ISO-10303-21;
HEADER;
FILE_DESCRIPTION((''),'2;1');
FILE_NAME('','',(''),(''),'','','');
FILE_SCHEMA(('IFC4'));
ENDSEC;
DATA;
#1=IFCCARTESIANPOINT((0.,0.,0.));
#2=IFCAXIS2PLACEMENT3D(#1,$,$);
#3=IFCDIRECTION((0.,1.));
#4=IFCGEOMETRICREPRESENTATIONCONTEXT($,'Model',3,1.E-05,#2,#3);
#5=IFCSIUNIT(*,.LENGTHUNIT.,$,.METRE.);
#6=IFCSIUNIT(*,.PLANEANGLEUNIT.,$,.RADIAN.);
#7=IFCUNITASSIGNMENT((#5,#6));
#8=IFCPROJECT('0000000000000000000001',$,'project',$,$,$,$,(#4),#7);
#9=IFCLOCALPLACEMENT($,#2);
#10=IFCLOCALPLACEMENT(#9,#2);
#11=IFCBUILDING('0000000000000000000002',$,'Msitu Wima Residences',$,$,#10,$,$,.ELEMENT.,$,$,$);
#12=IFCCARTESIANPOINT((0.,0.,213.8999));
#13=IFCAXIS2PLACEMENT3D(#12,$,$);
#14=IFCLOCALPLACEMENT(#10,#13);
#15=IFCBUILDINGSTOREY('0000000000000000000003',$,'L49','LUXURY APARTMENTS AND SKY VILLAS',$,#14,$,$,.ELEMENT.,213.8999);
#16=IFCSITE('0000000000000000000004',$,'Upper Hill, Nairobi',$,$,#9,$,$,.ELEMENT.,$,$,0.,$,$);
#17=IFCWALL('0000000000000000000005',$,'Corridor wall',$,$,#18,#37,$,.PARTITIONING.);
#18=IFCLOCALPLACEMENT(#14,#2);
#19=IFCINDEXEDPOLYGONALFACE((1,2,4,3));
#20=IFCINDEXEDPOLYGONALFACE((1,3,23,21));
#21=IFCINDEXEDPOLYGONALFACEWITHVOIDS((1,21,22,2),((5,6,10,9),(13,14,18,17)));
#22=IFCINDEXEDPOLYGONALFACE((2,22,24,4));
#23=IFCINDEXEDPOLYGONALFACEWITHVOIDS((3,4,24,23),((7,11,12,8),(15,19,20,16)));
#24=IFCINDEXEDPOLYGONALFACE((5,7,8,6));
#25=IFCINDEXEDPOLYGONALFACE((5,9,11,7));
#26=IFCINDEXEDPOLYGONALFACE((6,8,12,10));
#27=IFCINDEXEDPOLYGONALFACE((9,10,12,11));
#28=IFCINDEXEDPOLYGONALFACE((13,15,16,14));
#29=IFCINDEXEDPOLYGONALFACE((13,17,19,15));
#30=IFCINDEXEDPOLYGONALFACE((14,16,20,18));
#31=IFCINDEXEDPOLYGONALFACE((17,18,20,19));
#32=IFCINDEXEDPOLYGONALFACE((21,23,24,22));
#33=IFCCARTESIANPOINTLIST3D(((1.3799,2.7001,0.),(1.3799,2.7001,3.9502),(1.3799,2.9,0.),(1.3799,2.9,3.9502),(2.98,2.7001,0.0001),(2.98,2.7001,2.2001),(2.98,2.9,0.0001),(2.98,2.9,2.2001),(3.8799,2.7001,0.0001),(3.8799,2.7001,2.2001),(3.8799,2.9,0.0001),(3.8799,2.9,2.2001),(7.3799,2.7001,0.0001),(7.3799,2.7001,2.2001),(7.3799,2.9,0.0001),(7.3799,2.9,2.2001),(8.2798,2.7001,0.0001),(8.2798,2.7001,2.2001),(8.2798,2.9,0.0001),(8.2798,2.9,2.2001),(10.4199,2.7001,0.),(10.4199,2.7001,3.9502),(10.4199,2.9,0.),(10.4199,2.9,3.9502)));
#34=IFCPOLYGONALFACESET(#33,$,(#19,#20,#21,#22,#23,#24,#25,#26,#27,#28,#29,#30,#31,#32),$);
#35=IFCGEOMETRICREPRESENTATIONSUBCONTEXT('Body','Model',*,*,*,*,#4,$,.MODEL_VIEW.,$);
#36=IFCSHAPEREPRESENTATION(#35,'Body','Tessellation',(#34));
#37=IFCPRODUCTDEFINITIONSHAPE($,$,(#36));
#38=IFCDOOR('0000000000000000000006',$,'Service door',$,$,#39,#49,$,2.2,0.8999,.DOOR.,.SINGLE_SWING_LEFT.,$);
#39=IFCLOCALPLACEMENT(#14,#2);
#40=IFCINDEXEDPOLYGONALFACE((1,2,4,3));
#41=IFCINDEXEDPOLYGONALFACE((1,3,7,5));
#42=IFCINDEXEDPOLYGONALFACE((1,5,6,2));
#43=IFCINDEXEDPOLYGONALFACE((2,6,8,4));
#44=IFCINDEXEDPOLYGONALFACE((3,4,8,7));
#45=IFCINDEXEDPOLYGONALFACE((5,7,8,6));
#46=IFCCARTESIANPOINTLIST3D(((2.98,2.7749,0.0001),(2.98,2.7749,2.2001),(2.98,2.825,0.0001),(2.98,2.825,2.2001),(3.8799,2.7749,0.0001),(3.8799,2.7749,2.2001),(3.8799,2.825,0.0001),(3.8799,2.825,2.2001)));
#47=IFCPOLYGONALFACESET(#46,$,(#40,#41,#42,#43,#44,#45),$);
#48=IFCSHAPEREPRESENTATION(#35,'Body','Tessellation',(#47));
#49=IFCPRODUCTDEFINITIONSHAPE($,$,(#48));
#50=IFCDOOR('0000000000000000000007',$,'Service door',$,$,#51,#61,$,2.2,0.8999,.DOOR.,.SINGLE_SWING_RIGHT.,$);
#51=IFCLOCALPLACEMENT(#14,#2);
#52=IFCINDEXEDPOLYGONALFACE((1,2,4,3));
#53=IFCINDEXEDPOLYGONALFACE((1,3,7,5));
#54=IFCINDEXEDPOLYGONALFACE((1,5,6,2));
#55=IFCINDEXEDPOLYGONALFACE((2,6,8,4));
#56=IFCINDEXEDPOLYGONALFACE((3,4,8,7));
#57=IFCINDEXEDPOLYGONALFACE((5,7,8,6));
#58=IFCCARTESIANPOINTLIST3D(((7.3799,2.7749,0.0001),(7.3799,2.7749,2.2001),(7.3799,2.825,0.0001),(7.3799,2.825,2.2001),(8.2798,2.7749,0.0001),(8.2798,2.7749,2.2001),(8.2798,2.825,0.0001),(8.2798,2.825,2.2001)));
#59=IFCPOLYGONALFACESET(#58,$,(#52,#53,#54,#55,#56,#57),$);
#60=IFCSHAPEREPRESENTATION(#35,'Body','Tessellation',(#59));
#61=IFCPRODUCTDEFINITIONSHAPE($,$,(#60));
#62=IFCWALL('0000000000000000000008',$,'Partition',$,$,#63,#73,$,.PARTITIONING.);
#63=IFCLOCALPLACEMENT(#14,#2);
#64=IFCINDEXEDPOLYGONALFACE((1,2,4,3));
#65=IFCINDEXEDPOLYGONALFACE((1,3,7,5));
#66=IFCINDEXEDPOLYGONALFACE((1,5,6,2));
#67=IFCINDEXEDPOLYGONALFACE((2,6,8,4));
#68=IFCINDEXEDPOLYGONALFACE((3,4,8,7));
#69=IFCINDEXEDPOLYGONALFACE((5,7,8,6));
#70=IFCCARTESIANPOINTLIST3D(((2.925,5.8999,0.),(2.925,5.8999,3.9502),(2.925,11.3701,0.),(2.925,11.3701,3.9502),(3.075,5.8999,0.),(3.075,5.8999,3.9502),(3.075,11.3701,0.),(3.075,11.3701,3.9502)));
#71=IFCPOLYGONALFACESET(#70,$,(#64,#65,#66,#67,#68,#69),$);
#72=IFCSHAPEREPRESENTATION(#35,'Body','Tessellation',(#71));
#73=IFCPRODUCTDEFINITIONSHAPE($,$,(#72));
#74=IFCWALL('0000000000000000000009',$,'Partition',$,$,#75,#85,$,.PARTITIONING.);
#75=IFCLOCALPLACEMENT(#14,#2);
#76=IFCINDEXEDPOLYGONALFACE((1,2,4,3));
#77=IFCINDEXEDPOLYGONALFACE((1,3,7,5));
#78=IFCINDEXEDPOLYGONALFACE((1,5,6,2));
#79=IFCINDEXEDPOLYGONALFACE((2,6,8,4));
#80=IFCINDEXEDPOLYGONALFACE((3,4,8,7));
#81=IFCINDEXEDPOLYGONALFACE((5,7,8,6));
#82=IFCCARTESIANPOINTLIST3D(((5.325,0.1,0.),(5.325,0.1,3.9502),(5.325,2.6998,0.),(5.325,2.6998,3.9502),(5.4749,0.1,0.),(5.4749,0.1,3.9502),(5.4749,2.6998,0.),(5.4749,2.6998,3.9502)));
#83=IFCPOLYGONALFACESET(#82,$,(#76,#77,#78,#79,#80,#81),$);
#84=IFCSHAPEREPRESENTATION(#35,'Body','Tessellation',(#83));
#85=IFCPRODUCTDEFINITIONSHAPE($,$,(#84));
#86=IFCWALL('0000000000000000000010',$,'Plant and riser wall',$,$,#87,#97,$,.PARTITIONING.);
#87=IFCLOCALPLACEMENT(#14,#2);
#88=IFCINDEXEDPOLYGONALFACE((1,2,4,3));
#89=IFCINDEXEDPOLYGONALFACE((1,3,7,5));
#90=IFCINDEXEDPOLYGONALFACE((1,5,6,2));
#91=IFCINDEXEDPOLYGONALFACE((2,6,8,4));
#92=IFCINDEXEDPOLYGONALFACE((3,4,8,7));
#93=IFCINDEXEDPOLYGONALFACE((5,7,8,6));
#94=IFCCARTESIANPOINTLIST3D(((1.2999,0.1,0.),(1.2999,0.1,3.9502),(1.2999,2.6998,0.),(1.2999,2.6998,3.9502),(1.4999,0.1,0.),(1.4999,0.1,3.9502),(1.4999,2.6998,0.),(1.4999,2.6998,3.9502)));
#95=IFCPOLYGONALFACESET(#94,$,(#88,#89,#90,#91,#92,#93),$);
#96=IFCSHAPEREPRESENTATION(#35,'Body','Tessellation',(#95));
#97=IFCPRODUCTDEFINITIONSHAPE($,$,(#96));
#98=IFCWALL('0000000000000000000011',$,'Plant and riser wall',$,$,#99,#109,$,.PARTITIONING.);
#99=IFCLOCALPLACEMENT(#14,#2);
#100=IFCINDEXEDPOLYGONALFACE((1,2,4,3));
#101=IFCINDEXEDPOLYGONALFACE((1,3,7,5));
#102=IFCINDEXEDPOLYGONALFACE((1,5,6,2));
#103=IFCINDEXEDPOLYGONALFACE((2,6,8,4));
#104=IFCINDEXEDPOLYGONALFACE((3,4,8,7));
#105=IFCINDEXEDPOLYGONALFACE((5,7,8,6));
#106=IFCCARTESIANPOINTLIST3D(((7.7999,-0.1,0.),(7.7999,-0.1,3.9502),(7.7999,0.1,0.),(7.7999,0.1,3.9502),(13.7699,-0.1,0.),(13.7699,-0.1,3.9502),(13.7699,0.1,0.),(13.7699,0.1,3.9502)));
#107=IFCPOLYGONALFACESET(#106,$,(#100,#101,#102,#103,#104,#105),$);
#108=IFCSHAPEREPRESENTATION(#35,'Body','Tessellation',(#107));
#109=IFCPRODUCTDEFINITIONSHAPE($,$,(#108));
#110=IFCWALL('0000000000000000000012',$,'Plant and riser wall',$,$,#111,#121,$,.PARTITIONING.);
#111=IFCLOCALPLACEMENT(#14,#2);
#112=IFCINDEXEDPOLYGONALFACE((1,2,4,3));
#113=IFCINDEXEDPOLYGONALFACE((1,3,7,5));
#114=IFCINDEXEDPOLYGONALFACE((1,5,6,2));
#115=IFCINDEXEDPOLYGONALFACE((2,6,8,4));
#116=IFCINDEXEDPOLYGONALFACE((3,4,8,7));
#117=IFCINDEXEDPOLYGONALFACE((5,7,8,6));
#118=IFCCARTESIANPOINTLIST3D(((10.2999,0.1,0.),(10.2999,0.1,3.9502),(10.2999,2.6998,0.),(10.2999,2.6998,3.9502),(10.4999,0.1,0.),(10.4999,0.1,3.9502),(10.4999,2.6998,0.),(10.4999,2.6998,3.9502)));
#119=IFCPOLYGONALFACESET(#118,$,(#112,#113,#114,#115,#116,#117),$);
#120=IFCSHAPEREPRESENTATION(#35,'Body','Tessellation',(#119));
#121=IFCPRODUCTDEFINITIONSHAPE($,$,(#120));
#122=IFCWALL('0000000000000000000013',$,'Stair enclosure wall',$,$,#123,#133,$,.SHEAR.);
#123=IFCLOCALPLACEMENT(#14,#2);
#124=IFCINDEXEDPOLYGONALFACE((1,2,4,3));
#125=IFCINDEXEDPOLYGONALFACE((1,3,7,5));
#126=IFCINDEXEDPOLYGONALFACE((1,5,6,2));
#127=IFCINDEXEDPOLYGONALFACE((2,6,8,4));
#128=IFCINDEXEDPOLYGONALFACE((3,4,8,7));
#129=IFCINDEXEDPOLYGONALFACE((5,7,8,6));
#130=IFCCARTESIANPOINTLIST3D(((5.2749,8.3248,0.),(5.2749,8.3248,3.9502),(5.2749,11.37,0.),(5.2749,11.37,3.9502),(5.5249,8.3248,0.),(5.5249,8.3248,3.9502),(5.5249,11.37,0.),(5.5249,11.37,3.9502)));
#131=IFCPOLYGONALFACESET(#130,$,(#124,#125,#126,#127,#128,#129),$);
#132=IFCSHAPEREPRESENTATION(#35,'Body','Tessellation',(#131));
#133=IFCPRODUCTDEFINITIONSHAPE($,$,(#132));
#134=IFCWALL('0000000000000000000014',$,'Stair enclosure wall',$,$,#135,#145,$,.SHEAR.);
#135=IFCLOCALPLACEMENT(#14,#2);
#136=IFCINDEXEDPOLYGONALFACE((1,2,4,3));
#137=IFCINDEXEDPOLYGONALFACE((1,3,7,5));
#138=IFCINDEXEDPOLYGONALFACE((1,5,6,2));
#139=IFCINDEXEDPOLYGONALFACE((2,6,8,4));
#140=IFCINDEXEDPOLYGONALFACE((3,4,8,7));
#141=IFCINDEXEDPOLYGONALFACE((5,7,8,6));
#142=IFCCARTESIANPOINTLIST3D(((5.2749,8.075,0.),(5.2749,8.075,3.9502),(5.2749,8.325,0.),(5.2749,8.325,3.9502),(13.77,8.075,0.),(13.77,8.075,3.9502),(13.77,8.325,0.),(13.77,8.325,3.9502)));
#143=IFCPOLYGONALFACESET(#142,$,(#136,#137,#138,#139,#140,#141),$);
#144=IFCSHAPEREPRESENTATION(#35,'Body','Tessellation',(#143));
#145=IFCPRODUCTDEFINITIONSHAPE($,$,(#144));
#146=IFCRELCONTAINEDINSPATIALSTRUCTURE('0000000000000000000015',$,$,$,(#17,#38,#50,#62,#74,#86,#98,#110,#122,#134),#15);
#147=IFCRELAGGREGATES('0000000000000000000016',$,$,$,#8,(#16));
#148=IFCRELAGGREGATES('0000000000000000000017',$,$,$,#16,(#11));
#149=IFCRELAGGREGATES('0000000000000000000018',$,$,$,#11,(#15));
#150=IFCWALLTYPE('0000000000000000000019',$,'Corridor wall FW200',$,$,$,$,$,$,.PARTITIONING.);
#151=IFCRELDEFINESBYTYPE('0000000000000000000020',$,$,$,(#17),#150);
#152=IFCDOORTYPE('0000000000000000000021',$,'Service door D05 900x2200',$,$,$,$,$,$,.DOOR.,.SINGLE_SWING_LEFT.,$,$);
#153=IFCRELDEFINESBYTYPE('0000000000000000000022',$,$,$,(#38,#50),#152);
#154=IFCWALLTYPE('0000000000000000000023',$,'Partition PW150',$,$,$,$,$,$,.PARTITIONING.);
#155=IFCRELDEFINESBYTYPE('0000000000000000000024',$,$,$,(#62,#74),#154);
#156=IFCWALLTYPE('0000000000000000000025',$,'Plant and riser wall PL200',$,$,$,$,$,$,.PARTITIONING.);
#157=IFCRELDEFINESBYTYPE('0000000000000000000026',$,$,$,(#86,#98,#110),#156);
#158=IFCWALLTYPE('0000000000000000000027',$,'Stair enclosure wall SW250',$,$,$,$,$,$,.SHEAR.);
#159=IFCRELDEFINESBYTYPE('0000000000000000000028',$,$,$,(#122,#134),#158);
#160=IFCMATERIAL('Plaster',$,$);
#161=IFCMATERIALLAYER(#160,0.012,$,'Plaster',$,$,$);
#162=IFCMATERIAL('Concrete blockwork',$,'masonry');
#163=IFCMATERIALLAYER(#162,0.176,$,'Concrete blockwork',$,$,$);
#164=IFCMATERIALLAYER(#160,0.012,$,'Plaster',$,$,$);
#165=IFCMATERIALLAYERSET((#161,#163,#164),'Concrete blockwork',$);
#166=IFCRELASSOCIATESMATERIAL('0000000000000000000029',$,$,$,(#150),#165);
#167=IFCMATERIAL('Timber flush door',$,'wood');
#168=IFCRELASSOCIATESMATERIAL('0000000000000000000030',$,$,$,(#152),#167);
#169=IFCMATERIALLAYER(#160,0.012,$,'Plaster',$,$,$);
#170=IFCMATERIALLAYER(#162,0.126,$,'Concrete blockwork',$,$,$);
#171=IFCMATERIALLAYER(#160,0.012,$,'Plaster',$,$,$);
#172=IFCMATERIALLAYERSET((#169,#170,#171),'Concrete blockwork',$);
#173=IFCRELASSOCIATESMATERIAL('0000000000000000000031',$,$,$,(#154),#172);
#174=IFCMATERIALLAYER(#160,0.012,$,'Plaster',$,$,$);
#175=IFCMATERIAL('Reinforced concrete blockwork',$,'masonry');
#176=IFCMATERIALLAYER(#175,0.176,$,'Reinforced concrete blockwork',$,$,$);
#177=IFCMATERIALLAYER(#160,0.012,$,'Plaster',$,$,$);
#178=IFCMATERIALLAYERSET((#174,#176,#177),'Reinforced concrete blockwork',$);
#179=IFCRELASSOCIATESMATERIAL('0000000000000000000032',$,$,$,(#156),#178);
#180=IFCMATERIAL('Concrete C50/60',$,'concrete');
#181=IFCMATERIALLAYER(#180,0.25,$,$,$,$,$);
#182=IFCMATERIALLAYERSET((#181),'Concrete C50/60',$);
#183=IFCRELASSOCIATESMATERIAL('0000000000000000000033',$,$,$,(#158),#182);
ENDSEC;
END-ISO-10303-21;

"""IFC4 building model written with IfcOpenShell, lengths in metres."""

from ifc_helpers import new_model, si_unit, direction, frame, frame_2d, origin, place, context, subcontext, project, spatial, rectangle, extrude, material, layer, layer_set, type_object, element, fill, save


model = new_model("IFC4")

# Units and contexts
model_context = context("Model", 3, precision=1e-05, world=origin(), true_north=direction((0.0, 1.0)))
body_context = subcontext(model_context, "Body", "Model", "MODEL_VIEW")
ifc_project = project(units=[si_unit("LENGTHUNIT", "METRE"), si_unit("PLANEANGLEUNIT", "RADIAN")], contexts=[model_context])

# Site, building, storey
site_placement = place(None, origin())
site = spatial("IfcSite", under=ifc_project, at=site_placement, Name="Upper Hill, Nairobi", CompositionType="ELEMENT", RefElevation=0.0)
building_placement = place(site_placement, origin())
building = spatial("IfcBuilding", under=site, at=building_placement, Name="Msitu Wima Residences", CompositionType="ELEMENT")
storey_placement = place(building_placement, frame((0.0, 0.0, 213.8999)))
storey = spatial("IfcBuildingStorey", under=building, at=storey_placement, Name="L49", Description="LUXURY APARTMENTS AND SKY VILLAS", CompositionType="ELEMENT", Elevation=213.8999)

# Wall, openings, doors
ifc_material_1 = material(Name="Plaster")
ifc_layer_1 = layer(ifc_material_1, 0.012, Name="Plaster")
ifc_material_2 = material(Name="Concrete blockwork", Category="masonry")
ifc_layer_2 = layer(ifc_material_2, 0.176, Name="Concrete blockwork")
ifc_layer_3 = layer(ifc_material_1, 0.012, Name="Plaster")
ifc_layer_set_1 = layer_set([ifc_layer_1, ifc_layer_2, ifc_layer_3], Name="Concrete blockwork")
wall_type_1 = type_object("IfcWallType", Name="Corridor wall FW200", PredefinedType="PARTITIONING", material=ifc_layer_set_1)
wall_1_placement = place(storey_placement, frame((1.3799, 2.8, 0.0), z_axis=(0.0, 0.0, 1.0), x_axis=(1.0, 0.0, 0.0)))
wall_1 = element("IfcWall", 1, at=wall_1_placement, inside=storey, type_object=wall_type_1, Name="Corridor wall", PredefinedType="PARTITIONING", context=body_context, shape_type="SweptSolid", body=[
    extrude(rectangle(XDim=9.04, YDim=0.2, at=frame_2d((4.52, 0.0))), origin(), (0.0, 0.0, 1.0), 3.9502),
])
opening_1_placement = place(wall_1_placement, frame((1.6001, 0.0, 0.0)))
opening_1 = element("IfcOpeningElement", 2, at=opening_1_placement, cuts=wall_1, PredefinedType="OPENING", context=body_context, shape_type="SweptSolid", body=[
    extrude(rectangle(XDim=0.8999, YDim=2.2, at=frame_2d((0.45, 1.1001))), frame((0.0, 0.1099, 0.0), z_axis=(0.0, -1.0, 0.0), x_axis=(1.0, 0.0, 0.0)), (0.0, 0.0, 1.0), 0.22),
])
opening_2_placement = place(wall_1_placement, frame((6.0, 0.0, 0.0)))
opening_2 = element("IfcOpeningElement", 3, at=opening_2_placement, cuts=wall_1, PredefinedType="OPENING", context=body_context, shape_type="SweptSolid", body=[
    extrude(rectangle(XDim=0.8999, YDim=2.2, at=frame_2d((0.45, 1.1001))), frame((0.0, 0.1099, 0.0), z_axis=(0.0, -1.0, 0.0), x_axis=(1.0, 0.0, 0.0)), (0.0, 0.0, 1.0), 0.22),
])
ifc_material_3 = material(Name="Timber flush door", Category="wood")
door_type_1 = type_object("IfcDoorType", Name="Service door D05 900x2200", OperationType="SINGLE_SWING_LEFT", PredefinedType="DOOR", material=ifc_material_3)
door_1_placement = place(opening_1_placement, origin())
door_1 = element("IfcDoor", 4, at=door_1_placement, inside=storey, type_object=door_type_1, Name="Service door", OperationType="SINGLE_SWING_LEFT", OverallHeight=2.2, OverallWidth=0.8999, PredefinedType="DOOR", context=body_context, shape_type="SweptSolid", body=[
    extrude(rectangle(XDim=0.8999, YDim=2.2, at=frame_2d((0.45, 1.1001))), frame((0.0, 0.0249, 0.0), z_axis=(0.0, -1.0, 0.0), x_axis=(1.0, 0.0, 0.0)), (0.0, 0.0, 1.0), 0.05),
])
fill(opening_1, door_1)
door_2_placement = place(opening_2_placement, origin())
door_2 = element("IfcDoor", 5, at=door_2_placement, inside=storey, type_object=door_type_1, Name="Service door", OperationType="SINGLE_SWING_RIGHT", OverallHeight=2.2, OverallWidth=0.8999, PredefinedType="DOOR", context=body_context, shape_type="SweptSolid", body=[
    extrude(rectangle(XDim=0.8999, YDim=2.2, at=frame_2d((0.45, 1.1001))), frame((0.0, 0.0249, 0.0), z_axis=(0.0, -1.0, 0.0), x_axis=(1.0, 0.0, 0.0)), (0.0, 0.0, 1.0), 0.05),
])
fill(opening_2, door_2)

# Walls
ifc_layer_4 = layer(ifc_material_1, 0.012, Name="Plaster")
ifc_layer_5 = layer(ifc_material_2, 0.126, Name="Concrete blockwork")
ifc_layer_6 = layer(ifc_material_1, 0.012, Name="Plaster")
ifc_layer_set_2 = layer_set([ifc_layer_4, ifc_layer_5, ifc_layer_6], Name="Concrete blockwork")
wall_type_2 = type_object("IfcWallType", Name="Partition PW150", PredefinedType="PARTITIONING", material=ifc_layer_set_2)
wall_2_placement = place(storey_placement, frame((3.0, 5.8999, 0.0), z_axis=(0.0, 0.0, 1.0), x_axis=(0.0, 1.0, 0.0)))
element("IfcWall", 6, at=wall_2_placement, inside=storey, type_object=wall_type_2, Name="Partition", PredefinedType="PARTITIONING", context=body_context, shape_type="SweptSolid", body=[
    extrude(rectangle(XDim=5.4702, YDim=0.1499, at=frame_2d((2.7351, 0.0))), origin(), (0.0, 0.0, 1.0), 3.9502),
])
wall_3_placement = place(storey_placement, frame((5.3999, 0.1001, 0.0), z_axis=(0.0, 0.0, 1.0), x_axis=(0.0, 1.0, 0.0)))
element("IfcWall", 7, at=wall_3_placement, inside=storey, type_object=wall_type_2, Name="Partition", PredefinedType="PARTITIONING", context=body_context, shape_type="SweptSolid", body=[
    extrude(rectangle(XDim=2.5999, YDim=0.1499, at=frame_2d((1.2998, 0.0))), origin(), (0.0, 0.0, 1.0), 3.9502),
])
ifc_layer_7 = layer(ifc_material_1, 0.012, Name="Plaster")
ifc_material_4 = material(Name="Reinforced concrete blockwork", Category="masonry")
ifc_layer_8 = layer(ifc_material_4, 0.176, Name="Reinforced concrete blockwork")
ifc_layer_9 = layer(ifc_material_1, 0.012, Name="Plaster")
ifc_layer_set_3 = layer_set([ifc_layer_7, ifc_layer_8, ifc_layer_9], Name="Reinforced concrete blockwork")
wall_type_3 = type_object("IfcWallType", Name="Plant and riser wall PL200", PredefinedType="PARTITIONING", material=ifc_layer_set_3)
wall_4_placement = place(storey_placement, frame((1.3999, 0.1001, 0.0), z_axis=(0.0, 0.0, 1.0), x_axis=(0.0, 1.0, 0.0)))
element("IfcWall", 8, at=wall_4_placement, inside=storey, type_object=wall_type_3, Name="Plant and riser wall", PredefinedType="PARTITIONING", context=body_context, shape_type="SweptSolid", body=[
    extrude(rectangle(XDim=2.5999, YDim=0.2, at=frame_2d((1.2998, 0.0))), origin(), (0.0, 0.0, 1.0), 3.9502),
])
wall_5_placement = place(storey_placement, frame((7.8, 0.0, 0.0), z_axis=(0.0, 0.0, 1.0), x_axis=(1.0, 0.0, 0.0)))
element("IfcWall", 9, at=wall_5_placement, inside=storey, type_object=wall_type_3, Name="Plant and riser wall", PredefinedType="PARTITIONING", context=body_context, shape_type="SweptSolid", body=[
    extrude(rectangle(XDim=5.97, YDim=0.2, at=frame_2d((2.9849, 0.0))), origin(), (0.0, 0.0, 1.0), 3.9502),
])
wall_6_placement = place(storey_placement, frame((10.3999, 0.1001, 0.0), z_axis=(0.0, 0.0, 1.0), x_axis=(0.0, 1.0, 0.0)))
element("IfcWall", 10, at=wall_6_placement, inside=storey, type_object=wall_type_3, Name="Plant and riser wall", PredefinedType="PARTITIONING", context=body_context, shape_type="SweptSolid", body=[
    extrude(rectangle(XDim=2.5999, YDim=0.2, at=frame_2d((1.2998, 0.0))), origin(), (0.0, 0.0, 1.0), 3.9502),
])
ifc_material_5 = material(Name="Concrete C50/60", Category="concrete")
ifc_layer_10 = layer(ifc_material_5, 0.25)
ifc_layer_set_4 = layer_set([ifc_layer_10], Name="Concrete C50/60")
wall_type_4 = type_object("IfcWallType", Name="Stair enclosure wall SW250", PredefinedType="SHEAR", material=ifc_layer_set_4)
wall_7_placement = place(storey_placement, frame((5.3999, 8.325, 0.0), z_axis=(0.0, 0.0, 1.0), x_axis=(0.0, 1.0, 0.0)))
element("IfcWall", 11, at=wall_7_placement, inside=storey, type_object=wall_type_4, Name="Stair enclosure wall", PredefinedType="SHEAR", context=body_context, shape_type="SweptSolid", body=[
    extrude(rectangle(XDim=3.0452, YDim=0.25, at=frame_2d((1.5225, 0.0))), origin(), (0.0, 0.0, 1.0), 3.9502),
])
wall_8_placement = place(storey_placement, frame((5.2749, 8.2, 0.0), z_axis=(0.0, 0.0, 1.0), x_axis=(1.0, 0.0, 0.0)))
element("IfcWall", 12, at=wall_8_placement, inside=storey, type_object=wall_type_4, Name="Stair enclosure wall", PredefinedType="SHEAR", context=body_context, shape_type="SweptSolid", body=[
    extrude(rectangle(XDim=8.4951, YDim=0.25, at=frame_2d((4.2476, 0.0))), origin(), (0.0, 0.0, 1.0), 3.9502),
])

save(model, "model.ifc")
